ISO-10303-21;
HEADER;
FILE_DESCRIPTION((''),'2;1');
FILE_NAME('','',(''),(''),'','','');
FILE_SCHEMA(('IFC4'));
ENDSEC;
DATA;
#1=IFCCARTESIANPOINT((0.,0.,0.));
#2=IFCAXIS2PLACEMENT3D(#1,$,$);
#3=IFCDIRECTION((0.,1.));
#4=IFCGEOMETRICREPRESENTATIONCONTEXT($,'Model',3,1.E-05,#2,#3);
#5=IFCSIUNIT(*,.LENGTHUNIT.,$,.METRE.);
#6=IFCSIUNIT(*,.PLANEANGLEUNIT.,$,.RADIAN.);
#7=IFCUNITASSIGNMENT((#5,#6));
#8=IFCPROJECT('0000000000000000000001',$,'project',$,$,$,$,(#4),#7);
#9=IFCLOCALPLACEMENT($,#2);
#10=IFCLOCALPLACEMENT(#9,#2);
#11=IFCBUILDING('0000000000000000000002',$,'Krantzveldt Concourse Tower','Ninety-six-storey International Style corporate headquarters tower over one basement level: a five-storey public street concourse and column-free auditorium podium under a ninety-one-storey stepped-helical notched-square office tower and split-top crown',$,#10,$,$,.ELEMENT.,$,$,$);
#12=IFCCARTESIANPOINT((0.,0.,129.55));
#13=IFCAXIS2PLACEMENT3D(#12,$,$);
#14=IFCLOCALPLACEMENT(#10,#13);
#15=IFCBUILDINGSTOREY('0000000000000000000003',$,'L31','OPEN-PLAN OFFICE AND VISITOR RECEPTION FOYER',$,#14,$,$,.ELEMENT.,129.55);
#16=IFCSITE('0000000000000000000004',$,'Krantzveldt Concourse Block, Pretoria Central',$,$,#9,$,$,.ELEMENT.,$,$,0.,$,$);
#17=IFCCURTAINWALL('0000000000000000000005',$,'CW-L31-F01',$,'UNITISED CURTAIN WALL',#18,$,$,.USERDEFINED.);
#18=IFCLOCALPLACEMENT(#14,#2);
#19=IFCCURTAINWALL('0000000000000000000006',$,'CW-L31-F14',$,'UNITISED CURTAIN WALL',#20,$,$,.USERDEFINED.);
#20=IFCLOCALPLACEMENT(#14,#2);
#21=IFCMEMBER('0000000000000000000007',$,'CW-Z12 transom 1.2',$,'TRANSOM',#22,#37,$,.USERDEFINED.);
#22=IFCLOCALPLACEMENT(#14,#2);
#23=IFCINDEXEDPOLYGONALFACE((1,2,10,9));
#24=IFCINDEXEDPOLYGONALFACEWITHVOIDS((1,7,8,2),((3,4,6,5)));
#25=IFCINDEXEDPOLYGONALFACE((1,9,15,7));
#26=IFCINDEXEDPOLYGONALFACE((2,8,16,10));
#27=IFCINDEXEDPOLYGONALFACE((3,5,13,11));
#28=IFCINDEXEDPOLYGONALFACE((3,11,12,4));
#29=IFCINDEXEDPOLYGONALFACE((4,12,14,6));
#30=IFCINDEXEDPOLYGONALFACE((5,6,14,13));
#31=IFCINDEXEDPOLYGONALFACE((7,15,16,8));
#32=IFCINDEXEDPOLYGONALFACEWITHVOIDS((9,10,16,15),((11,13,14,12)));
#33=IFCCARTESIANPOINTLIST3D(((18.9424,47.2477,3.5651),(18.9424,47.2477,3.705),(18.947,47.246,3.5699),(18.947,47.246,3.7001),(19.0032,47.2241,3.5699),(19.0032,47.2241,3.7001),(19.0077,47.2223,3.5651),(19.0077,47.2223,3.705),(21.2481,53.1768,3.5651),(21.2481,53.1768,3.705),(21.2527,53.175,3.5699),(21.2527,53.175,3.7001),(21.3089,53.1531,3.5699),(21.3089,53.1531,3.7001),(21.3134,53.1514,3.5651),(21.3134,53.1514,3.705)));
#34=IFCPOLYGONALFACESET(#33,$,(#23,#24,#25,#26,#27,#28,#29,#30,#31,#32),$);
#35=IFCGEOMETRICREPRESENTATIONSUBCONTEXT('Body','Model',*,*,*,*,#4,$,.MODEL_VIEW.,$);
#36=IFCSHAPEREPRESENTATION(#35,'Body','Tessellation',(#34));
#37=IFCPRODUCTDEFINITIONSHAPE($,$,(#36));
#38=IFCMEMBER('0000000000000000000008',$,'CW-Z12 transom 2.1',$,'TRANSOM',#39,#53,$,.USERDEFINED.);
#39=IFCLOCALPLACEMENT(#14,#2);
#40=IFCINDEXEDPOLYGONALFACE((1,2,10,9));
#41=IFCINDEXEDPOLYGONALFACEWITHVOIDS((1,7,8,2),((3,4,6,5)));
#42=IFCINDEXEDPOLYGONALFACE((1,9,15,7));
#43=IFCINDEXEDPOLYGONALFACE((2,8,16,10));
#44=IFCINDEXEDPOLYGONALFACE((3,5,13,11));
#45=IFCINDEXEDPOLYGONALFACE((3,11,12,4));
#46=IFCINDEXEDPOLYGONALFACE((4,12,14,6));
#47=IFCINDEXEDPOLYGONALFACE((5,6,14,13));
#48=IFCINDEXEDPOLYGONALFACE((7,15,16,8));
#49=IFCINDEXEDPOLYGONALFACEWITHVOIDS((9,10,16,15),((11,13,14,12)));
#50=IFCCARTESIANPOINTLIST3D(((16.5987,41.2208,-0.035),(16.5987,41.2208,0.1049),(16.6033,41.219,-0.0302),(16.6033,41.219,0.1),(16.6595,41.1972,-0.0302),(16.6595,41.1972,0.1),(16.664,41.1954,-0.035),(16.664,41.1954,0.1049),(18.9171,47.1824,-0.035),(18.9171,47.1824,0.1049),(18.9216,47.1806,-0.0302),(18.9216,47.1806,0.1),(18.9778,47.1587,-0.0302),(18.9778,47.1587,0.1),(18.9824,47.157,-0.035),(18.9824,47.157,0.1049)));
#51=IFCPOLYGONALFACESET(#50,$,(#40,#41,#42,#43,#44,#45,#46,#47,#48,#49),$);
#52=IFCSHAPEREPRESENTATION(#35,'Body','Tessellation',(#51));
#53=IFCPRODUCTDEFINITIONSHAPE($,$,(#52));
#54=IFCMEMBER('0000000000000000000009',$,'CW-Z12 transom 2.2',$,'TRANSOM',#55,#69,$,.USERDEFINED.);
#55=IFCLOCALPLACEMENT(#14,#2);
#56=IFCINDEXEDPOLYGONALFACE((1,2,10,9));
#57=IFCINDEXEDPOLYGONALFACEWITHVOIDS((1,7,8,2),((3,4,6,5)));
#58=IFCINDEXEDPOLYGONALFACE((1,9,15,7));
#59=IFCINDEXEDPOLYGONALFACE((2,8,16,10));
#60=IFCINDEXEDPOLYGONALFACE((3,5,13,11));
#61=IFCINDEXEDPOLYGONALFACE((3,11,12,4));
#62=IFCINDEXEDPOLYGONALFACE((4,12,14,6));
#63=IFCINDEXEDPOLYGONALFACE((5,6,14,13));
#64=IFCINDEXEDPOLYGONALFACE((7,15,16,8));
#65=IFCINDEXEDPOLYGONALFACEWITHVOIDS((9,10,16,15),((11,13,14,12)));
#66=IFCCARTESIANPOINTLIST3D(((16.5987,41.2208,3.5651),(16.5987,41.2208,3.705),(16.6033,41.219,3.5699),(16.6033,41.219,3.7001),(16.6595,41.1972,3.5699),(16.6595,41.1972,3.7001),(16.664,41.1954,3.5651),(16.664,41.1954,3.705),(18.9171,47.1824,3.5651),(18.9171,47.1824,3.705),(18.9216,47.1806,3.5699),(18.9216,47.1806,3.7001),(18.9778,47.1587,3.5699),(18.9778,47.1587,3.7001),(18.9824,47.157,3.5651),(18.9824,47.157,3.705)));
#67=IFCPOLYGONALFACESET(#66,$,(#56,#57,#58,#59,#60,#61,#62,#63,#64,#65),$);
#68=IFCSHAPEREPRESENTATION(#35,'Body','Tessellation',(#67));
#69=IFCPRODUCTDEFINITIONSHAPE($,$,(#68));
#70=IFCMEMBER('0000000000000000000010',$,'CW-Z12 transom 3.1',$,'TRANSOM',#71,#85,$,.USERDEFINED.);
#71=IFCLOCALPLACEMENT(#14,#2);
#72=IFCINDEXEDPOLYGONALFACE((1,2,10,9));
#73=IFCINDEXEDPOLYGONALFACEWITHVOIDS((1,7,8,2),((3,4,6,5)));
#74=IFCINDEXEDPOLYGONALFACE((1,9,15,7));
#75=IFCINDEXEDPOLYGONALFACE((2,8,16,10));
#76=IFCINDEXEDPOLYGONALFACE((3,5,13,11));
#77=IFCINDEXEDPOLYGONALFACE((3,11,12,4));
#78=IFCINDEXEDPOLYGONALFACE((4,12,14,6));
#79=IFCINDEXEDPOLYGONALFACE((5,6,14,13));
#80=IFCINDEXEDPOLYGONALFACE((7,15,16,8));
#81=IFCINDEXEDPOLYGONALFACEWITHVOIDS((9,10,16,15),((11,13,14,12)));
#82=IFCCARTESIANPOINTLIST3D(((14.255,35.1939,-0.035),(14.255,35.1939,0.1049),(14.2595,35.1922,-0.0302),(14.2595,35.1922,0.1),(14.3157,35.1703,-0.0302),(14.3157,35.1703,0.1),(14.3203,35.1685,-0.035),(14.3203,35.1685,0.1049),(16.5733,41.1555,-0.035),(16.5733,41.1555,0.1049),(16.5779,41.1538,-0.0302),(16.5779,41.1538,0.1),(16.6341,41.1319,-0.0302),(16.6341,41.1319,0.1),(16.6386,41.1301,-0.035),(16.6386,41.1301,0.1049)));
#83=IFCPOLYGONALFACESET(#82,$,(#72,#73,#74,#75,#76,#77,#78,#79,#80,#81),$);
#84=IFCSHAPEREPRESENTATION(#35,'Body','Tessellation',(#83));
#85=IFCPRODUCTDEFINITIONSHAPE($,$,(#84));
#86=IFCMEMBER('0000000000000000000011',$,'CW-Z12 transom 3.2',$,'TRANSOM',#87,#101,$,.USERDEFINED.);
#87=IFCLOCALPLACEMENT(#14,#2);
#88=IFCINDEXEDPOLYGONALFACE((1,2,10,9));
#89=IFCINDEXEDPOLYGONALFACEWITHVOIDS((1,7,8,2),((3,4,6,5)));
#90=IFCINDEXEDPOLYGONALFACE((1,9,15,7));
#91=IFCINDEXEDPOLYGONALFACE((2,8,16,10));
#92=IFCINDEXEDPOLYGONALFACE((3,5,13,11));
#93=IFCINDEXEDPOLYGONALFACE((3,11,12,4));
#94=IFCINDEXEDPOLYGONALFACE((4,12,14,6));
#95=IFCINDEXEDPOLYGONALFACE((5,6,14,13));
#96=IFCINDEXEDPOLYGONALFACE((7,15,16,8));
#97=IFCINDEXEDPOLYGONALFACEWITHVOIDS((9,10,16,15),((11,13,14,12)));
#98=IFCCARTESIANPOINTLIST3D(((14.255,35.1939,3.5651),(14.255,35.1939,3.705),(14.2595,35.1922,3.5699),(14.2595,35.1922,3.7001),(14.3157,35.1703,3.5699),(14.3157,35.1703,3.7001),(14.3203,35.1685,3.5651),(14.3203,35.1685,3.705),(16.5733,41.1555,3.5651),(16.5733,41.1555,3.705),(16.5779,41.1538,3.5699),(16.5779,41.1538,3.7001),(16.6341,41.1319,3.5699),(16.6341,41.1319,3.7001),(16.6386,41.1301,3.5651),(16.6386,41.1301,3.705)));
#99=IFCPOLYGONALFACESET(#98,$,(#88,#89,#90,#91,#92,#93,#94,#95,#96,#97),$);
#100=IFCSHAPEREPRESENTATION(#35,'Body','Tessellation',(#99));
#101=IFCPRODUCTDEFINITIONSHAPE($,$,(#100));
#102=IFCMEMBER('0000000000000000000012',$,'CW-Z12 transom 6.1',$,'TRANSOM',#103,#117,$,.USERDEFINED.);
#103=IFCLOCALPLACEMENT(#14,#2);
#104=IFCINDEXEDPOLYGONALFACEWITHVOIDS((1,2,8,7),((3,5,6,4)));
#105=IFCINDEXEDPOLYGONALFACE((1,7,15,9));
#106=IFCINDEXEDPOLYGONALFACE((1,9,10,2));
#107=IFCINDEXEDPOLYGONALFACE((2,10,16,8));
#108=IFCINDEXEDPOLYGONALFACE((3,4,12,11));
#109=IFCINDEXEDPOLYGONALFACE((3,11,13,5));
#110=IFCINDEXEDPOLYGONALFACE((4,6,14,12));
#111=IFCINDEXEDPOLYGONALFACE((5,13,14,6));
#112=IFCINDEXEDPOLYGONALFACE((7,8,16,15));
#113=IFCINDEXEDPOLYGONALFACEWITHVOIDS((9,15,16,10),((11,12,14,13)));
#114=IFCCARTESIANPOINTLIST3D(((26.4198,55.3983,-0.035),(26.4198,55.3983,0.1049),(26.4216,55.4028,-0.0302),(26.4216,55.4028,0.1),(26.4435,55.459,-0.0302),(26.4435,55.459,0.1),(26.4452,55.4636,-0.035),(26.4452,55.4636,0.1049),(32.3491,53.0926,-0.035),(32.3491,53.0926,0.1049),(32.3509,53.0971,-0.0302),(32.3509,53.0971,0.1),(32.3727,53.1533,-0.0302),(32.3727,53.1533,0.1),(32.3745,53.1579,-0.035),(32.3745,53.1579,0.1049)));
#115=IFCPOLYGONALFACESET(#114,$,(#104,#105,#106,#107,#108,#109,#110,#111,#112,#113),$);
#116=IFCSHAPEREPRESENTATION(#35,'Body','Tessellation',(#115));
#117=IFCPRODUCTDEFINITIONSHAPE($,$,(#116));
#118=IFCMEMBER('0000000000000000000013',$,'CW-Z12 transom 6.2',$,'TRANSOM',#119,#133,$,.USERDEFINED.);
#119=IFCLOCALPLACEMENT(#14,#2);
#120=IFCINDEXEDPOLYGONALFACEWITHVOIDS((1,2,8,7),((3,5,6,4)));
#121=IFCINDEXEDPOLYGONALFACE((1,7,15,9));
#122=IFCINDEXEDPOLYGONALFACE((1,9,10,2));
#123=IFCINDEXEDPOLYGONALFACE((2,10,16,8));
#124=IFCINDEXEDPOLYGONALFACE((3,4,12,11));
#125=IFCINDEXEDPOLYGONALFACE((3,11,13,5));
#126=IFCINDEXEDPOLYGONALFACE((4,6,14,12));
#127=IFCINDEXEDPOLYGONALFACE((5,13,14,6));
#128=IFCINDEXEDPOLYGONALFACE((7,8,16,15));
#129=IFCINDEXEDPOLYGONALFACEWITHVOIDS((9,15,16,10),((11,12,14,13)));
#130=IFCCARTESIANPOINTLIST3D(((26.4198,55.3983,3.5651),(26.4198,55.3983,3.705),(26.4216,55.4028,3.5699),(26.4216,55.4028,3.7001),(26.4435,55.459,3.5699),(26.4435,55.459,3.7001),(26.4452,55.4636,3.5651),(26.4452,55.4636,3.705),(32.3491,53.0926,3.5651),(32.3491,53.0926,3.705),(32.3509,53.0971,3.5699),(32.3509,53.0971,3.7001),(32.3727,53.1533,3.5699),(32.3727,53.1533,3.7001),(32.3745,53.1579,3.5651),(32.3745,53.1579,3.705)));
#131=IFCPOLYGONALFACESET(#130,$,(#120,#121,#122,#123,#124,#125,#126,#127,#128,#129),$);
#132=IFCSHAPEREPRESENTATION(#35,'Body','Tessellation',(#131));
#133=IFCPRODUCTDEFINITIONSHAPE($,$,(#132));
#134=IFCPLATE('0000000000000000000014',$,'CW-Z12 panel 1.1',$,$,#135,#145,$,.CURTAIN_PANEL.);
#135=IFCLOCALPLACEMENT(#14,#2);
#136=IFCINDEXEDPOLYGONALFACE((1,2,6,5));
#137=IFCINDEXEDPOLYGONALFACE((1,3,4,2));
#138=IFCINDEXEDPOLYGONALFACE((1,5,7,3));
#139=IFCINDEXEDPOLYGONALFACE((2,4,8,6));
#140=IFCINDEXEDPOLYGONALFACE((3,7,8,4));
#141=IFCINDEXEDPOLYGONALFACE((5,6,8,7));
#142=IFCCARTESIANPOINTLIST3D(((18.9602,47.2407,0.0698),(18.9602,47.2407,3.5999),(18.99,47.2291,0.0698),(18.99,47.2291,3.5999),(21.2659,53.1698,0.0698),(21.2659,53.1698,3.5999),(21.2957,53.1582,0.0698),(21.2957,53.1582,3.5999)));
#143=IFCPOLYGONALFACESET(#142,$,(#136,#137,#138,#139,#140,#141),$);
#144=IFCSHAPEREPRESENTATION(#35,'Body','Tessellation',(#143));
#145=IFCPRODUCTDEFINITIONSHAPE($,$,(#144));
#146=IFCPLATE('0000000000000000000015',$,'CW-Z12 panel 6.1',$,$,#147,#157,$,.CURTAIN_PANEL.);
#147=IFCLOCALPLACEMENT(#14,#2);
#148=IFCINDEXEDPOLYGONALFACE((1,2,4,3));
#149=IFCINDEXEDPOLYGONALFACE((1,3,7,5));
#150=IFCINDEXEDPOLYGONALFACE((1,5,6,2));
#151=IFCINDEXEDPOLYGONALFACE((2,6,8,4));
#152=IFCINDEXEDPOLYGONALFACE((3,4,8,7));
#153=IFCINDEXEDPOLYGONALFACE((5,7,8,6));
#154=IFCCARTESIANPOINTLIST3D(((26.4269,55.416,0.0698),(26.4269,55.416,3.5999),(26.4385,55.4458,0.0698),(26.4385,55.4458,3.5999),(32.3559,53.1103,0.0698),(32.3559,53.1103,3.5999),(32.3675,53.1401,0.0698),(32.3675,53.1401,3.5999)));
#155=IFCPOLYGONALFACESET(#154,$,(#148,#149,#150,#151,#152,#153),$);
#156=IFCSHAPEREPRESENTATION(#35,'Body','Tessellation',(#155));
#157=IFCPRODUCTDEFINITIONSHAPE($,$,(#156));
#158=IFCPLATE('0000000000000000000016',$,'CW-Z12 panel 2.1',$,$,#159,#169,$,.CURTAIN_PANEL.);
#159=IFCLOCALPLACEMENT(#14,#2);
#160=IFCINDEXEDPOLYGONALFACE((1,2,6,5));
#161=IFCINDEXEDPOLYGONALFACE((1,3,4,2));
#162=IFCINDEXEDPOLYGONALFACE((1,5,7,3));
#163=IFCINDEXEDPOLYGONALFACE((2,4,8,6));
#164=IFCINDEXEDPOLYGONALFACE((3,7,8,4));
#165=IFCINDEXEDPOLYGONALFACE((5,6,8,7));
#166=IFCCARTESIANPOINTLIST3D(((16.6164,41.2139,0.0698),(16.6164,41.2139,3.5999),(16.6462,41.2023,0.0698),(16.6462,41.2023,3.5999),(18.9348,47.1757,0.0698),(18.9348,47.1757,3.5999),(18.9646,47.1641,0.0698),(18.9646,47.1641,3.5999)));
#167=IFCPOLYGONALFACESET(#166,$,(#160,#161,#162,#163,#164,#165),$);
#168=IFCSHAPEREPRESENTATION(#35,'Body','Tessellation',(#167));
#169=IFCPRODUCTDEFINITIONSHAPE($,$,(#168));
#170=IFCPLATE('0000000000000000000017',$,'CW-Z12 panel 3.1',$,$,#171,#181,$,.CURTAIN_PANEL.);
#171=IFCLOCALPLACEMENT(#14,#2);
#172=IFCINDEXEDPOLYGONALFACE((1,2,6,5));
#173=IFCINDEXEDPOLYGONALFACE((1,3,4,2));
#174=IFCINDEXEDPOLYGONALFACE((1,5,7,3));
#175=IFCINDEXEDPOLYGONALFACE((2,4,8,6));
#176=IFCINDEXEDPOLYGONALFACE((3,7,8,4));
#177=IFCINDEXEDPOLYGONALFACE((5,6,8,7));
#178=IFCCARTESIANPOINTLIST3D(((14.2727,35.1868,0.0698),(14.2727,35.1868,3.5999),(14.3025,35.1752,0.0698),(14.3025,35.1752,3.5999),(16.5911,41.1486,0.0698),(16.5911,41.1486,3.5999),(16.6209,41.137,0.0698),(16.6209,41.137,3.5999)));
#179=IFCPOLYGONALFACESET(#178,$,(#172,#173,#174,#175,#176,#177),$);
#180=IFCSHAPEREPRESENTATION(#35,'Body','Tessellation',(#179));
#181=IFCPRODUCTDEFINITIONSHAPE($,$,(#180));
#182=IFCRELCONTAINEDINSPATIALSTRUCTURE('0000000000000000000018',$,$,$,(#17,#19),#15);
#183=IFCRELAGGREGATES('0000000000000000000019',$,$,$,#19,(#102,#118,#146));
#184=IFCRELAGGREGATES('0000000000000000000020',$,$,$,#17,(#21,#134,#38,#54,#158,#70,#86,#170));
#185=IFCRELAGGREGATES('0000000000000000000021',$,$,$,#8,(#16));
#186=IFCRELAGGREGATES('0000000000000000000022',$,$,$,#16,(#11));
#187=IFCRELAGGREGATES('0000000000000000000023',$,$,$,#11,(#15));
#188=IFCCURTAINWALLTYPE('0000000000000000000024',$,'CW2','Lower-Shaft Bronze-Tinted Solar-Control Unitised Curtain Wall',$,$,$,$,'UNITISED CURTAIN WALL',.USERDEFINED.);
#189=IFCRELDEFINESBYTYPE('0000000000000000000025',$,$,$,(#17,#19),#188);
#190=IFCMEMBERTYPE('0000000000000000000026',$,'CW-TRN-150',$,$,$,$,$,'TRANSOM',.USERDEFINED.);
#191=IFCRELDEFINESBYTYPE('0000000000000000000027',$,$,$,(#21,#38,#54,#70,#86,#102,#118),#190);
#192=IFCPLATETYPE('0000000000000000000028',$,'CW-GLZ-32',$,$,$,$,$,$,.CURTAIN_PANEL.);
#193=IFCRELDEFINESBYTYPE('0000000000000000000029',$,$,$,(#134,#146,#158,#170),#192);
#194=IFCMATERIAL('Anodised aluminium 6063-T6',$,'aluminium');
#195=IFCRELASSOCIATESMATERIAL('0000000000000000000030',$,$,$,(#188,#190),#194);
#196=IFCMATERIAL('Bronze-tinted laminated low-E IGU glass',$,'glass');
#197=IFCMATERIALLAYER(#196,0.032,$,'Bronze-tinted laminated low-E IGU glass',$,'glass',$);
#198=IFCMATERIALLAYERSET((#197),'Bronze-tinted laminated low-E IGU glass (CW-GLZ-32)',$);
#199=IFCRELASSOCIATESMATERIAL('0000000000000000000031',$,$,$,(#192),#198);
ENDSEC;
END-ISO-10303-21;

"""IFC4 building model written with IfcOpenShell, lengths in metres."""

from ifc_helpers import new_model, si_unit, direction, frame, origin, origin_2d, place, context, subcontext, project, spatial, rectangle, hollow_rectangle, extrude, source, transform, mapped, material, layer, layer_set, material_profile, profile_set, type_object, type_shapes, element, aggregate, save


model = new_model("IFC4")

# Units and contexts
model_context = context("Model", 3, precision=1e-05, world=origin(), true_north=direction((0.0, 1.0)))
body_context = subcontext(model_context, "Body", "Model", "MODEL_VIEW")
ifc_project = project(units=[si_unit("LENGTHUNIT", "METRE"), si_unit("PLANEANGLEUNIT", "RADIAN")], contexts=[model_context])

# Site, building, storey
site_placement = place(None, origin())
site = spatial("IfcSite", under=ifc_project, at=site_placement, Name="Krantzveldt Concourse Block, Pretoria Central", CompositionType="ELEMENT", RefElevation=0.0)
building_placement = place(site_placement, origin())
building = spatial("IfcBuilding", under=site, at=building_placement, Name="Krantzveldt Concourse Tower", Description="Ninety-six-storey International Style corporate headquarters tower over one basement level: a five-storey public street concourse and column-free auditorium podium under a ninety-one-storey stepped-helical notched-square office tower and split-top crown", CompositionType="ELEMENT")
storey_placement = place(building_placement, frame((0.0, 0.0, 129.55)))
storey = spatial("IfcBuildingStorey", under=building, at=storey_placement, Name="L31", Description="OPEN-PLAN OFFICE AND VISITOR RECEPTION FOYER", CompositionType="ELEMENT", Elevation=129.55)

# Curtain walls
ifc_material_1 = material(Name="Anodised aluminium 6063-T6", Category="aluminium")
curtain_wall_type = type_object("IfcCurtainWallType", Name="CW2", Description="Lower-Shaft Bronze-Tinted Solar-Control Unitised Curtain Wall", ElementType="UNITISED CURTAIN WALL", PredefinedType="USERDEFINED", material=ifc_material_1)
curtain_wall_1_placement = place(storey_placement, origin())
curtain_wall_1 = element("IfcCurtainWall", 1, at=curtain_wall_1_placement, inside=storey, type_object=curtain_wall_type, Name="CW-L31-F01", ObjectType="UNITISED CURTAIN WALL", PredefinedType="USERDEFINED")
curtain_wall_2_placement = place(storey_placement, origin())
curtain_wall_2 = element("IfcCurtainWall", 2, at=curtain_wall_2_placement, inside=storey, type_object=curtain_wall_type, Name="CW-L31-F14", ObjectType="UNITISED CURTAIN WALL", PredefinedType="USERDEFINED")

# Members
ifc_material_profile_1 = material_profile(ifc_material_1, hollow_rectangle(XDim=0.0701, YDim=0.1399, WallThickness=0.0049, at=origin_2d()), Name="Anodised aluminium 6063-T6", Category="aluminium")
ifc_profile_set_1 = profile_set([ifc_material_profile_1], Name="Anodised aluminium 6063-T6 - ALU-TRAN 140x70x5")
member_type_1 = type_object("IfcMemberType", Name="CW-TRN-150", ElementType="TRANSOM", PredefinedType="USERDEFINED", material=ifc_profile_set_1)
shared_shape_1 = source(origin(), body_context, "Body", "SweptSolid", [
    extrude(hollow_rectangle(XDim=0.0701, YDim=0.1399, WallThickness=0.0049, at=origin_2d()), origin(), (0.0, 0.0, 1.0), 6.3616),
])
member_1_placement = place(storey_placement, frame((21.2808, 53.1641, 3.635), z_axis=(-0.362441, -0.932007, 0.0), x_axis=(0.932007, -0.362441, 0.0)))
member_1 = element("IfcMember", 3, at=member_1_placement, type_object=member_type_1, Name="CW-Z12 transom 1.2", ObjectType="TRANSOM", PredefinedType="USERDEFINED", context=body_context, shape_type="MappedRepresentation", body=[
    mapped(shared_shape_1, transform((0.0, 0.0, 0.0), x_axis=(1.0, 0.0, 0.0), y_axis=(0.0, 1.0, 0.0), z_axis=(0.0, 0.0, 1.0), scale=1.0)),
])
shared_shape_2 = source(origin(), body_context, "Body", "SweptSolid", [
    extrude(hollow_rectangle(XDim=0.0701, YDim=0.1399, WallThickness=0.0049, at=origin_2d()), origin(), (0.0, 0.0, 1.0), 6.3965),
])
member_2_placement = place(storey_placement, frame((18.9497, 47.1697, 0.0349), z_axis=(-0.362437, -0.932008, 0.0), x_axis=(0.932008, -0.362437, 0.0)))
member_2 = element("IfcMember", 4, at=member_2_placement, type_object=member_type_1, Name="CW-Z12 transom 2.1", ObjectType="TRANSOM", PredefinedType="USERDEFINED", context=body_context, shape_type="MappedRepresentation", body=[
    mapped(shared_shape_2, transform((0.0, 0.0, 0.0), x_axis=(1.0, 0.0, 0.0), y_axis=(0.0, 1.0, 0.0), z_axis=(0.0, 0.0, 1.0), scale=1.0)),
])
member_3_placement = place(storey_placement, frame((18.9497, 47.1697, 3.635), z_axis=(-0.362437, -0.932008, 0.0), x_axis=(0.932008, -0.362437, 0.0)))
member_3 = element("IfcMember", 5, at=member_3_placement, type_object=member_type_1, Name="CW-Z12 transom 2.2", ObjectType="TRANSOM", PredefinedType="USERDEFINED", context=body_context, shape_type="MappedRepresentation", body=[
    mapped(shared_shape_2, transform((0.0, 0.0, 0.0), x_axis=(1.0, 0.0, 0.0), y_axis=(0.0, 1.0, 0.0), z_axis=(0.0, 0.0, 1.0), scale=1.0)),
])
member_4_placement = place(storey_placement, frame((16.606, 41.1428, 0.0349), z_axis=(-0.362437, -0.932008, 0.0), x_axis=(0.932008, -0.362437, 0.0)))
member_4 = element("IfcMember", 6, at=member_4_placement, type_object=member_type_1, Name="CW-Z12 transom 3.1", ObjectType="TRANSOM", PredefinedType="USERDEFINED", context=body_context, shape_type="MappedRepresentation", body=[
    mapped(shared_shape_2, transform((0.0, 0.0, 0.0), x_axis=(1.0, 0.0, 0.0), y_axis=(0.0, 1.0, 0.0), z_axis=(0.0, 0.0, 1.0), scale=1.0)),
])
member_5_placement = place(storey_placement, frame((16.606, 41.1428, 3.635), z_axis=(-0.362437, -0.932008, 0.0), x_axis=(0.932008, -0.362437, 0.0)))
member_5 = element("IfcMember", 7, at=member_5_placement, type_object=member_type_1, Name="CW-Z12 transom 3.2", ObjectType="TRANSOM", PredefinedType="USERDEFINED", context=body_context, shape_type="MappedRepresentation", body=[
    mapped(shared_shape_2, transform((0.0, 0.0, 0.0), x_axis=(1.0, 0.0, 0.0), y_axis=(0.0, 1.0, 0.0), z_axis=(0.0, 0.0, 1.0), scale=1.0)),
])
shared_shape_3 = source(origin(), body_context, "Body", "SweptSolid", [
    extrude(hollow_rectangle(XDim=0.0701, YDim=0.1399, WallThickness=0.0049, at=origin_2d()), origin(), (0.0, 0.0, 1.0), 6.3618),
])
type_shapes(member_type_1, [shared_shape_1, shared_shape_2, shared_shape_3])
member_6_placement = place(storey_placement, frame((32.3618, 53.1252, 0.0349), z_axis=(-0.932012, 0.362428, 0.0), x_axis=(-0.362428, -0.932012, 0.0)))
member_6 = element("IfcMember", 8, at=member_6_placement, type_object=member_type_1, Name="CW-Z12 transom 6.1", ObjectType="TRANSOM", PredefinedType="USERDEFINED", context=body_context, shape_type="MappedRepresentation", body=[
    mapped(shared_shape_3, transform((0.0, 0.0, 0.0), x_axis=(1.0, 0.0, 0.0), y_axis=(0.0, 1.0, 0.0), z_axis=(0.0, 0.0, 1.0), scale=1.0)),
])
member_7_placement = place(storey_placement, frame((32.3618, 53.1252, 3.635), z_axis=(-0.932012, 0.362428, 0.0), x_axis=(-0.362428, -0.932012, 0.0)))
member_7 = element("IfcMember", 9, at=member_7_placement, type_object=member_type_1, Name="CW-Z12 transom 6.2", ObjectType="TRANSOM", PredefinedType="USERDEFINED", context=body_context, shape_type="MappedRepresentation", body=[
    mapped(shared_shape_3, transform((0.0, 0.0, 0.0), x_axis=(1.0, 0.0, 0.0), y_axis=(0.0, 1.0, 0.0), z_axis=(0.0, 0.0, 1.0), scale=1.0)),
])

# Plates
ifc_material_2 = material(Name="Bronze-tinted laminated low-E IGU glass", Category="glass")
ifc_layer_1 = layer(ifc_material_2, 0.032, Name="Bronze-tinted laminated low-E IGU glass", Category="glass")
ifc_layer_set_1 = layer_set([ifc_layer_1], Name="Bronze-tinted laminated low-E IGU glass (CW-GLZ-32)")
plate_type = type_object("IfcPlateType", Name="CW-GLZ-32", PredefinedType="CURTAIN_PANEL", material=ifc_layer_set_1)
shared_shape_4 = source(origin(), body_context, "Body", "SweptSolid", [
    extrude(rectangle(XDim=6.3616, YDim=0.032, at=origin_2d()), origin(), (0.0, 0.0, 1.0), 3.53),
])
plate_1_placement = place(storey_placement, frame((20.1279, 50.1995, 0.0698), z_axis=(0.0, 0.0, 1.0), x_axis=(-0.362438, -0.932008, 0.0)))
plate_1 = element("IfcPlate", 10, at=plate_1_placement, type_object=plate_type, Name="CW-Z12 panel 1.1", PredefinedType="CURTAIN_PANEL", context=body_context, shape_type="MappedRepresentation", body=[
    mapped(shared_shape_4, transform((0.0, 0.0, 0.0), x_axis=(1.0, 0.0, 0.0), y_axis=(0.0, 1.0, 0.0), z_axis=(0.0, 0.0, 1.0), scale=1.0)),
])
plate_2_placement = place(storey_placement, frame((29.3972, 54.2781, 0.0698), z_axis=(0.0, 0.0, 1.0), x_axis=(-0.932008, 0.362438, 0.0)))
plate_2 = element("IfcPlate", 11, at=plate_2_placement, type_object=plate_type, Name="CW-Z12 panel 6.1", PredefinedType="CURTAIN_PANEL", context=body_context, shape_type="MappedRepresentation", body=[
    mapped(shared_shape_4, transform((0.0, 0.0, 0.0), x_axis=(1.0, 0.0, 0.0), y_axis=(0.0, 1.0, 0.0), z_axis=(0.0, 0.0, 1.0), scale=1.0)),
])
aggregate(curtain_wall_2, [member_6, member_7, plate_2])
shared_shape_5 = source(origin(), body_context, "Body", "SweptSolid", [
    extrude(rectangle(XDim=6.3967, YDim=0.032, at=origin_2d()), origin(), (0.0, 0.0, 1.0), 3.53),
])
type_shapes(plate_type, [shared_shape_4, shared_shape_5])
plate_3_placement = place(storey_placement, frame((17.7905, 44.189, 0.0698), z_axis=(0.0, 0.0, 1.0), x_axis=(-0.362438, -0.932008, 0.0)))
plate_3 = element("IfcPlate", 12, at=plate_3_placement, type_object=plate_type, Name="CW-Z12 panel 2.1", PredefinedType="CURTAIN_PANEL", context=body_context, shape_type="MappedRepresentation", body=[
    mapped(shared_shape_5, transform((0.0, 0.0, 0.0), x_axis=(1.0, 0.0, 0.0), y_axis=(0.0, 1.0, 0.0), z_axis=(0.0, 0.0, 1.0), scale=1.0)),
])
plate_4_placement = place(storey_placement, frame((15.4468, 38.1619, 0.0698), z_axis=(0.0, 0.0, 1.0), x_axis=(-0.362438, -0.932008, 0.0)))
plate_4 = element("IfcPlate", 13, at=plate_4_placement, type_object=plate_type, Name="CW-Z12 panel 3.1", PredefinedType="CURTAIN_PANEL", context=body_context, shape_type="MappedRepresentation", body=[
    mapped(shared_shape_5, transform((0.0, 0.0, 0.0), x_axis=(1.0, 0.0, 0.0), y_axis=(0.0, 1.0, 0.0), z_axis=(0.0, 0.0, 1.0), scale=1.0)),
])
aggregate(curtain_wall_1, [member_1, plate_1, member_2, member_3, plate_3, member_4, member_5, plate_4])

save(model, "model.ifc")
